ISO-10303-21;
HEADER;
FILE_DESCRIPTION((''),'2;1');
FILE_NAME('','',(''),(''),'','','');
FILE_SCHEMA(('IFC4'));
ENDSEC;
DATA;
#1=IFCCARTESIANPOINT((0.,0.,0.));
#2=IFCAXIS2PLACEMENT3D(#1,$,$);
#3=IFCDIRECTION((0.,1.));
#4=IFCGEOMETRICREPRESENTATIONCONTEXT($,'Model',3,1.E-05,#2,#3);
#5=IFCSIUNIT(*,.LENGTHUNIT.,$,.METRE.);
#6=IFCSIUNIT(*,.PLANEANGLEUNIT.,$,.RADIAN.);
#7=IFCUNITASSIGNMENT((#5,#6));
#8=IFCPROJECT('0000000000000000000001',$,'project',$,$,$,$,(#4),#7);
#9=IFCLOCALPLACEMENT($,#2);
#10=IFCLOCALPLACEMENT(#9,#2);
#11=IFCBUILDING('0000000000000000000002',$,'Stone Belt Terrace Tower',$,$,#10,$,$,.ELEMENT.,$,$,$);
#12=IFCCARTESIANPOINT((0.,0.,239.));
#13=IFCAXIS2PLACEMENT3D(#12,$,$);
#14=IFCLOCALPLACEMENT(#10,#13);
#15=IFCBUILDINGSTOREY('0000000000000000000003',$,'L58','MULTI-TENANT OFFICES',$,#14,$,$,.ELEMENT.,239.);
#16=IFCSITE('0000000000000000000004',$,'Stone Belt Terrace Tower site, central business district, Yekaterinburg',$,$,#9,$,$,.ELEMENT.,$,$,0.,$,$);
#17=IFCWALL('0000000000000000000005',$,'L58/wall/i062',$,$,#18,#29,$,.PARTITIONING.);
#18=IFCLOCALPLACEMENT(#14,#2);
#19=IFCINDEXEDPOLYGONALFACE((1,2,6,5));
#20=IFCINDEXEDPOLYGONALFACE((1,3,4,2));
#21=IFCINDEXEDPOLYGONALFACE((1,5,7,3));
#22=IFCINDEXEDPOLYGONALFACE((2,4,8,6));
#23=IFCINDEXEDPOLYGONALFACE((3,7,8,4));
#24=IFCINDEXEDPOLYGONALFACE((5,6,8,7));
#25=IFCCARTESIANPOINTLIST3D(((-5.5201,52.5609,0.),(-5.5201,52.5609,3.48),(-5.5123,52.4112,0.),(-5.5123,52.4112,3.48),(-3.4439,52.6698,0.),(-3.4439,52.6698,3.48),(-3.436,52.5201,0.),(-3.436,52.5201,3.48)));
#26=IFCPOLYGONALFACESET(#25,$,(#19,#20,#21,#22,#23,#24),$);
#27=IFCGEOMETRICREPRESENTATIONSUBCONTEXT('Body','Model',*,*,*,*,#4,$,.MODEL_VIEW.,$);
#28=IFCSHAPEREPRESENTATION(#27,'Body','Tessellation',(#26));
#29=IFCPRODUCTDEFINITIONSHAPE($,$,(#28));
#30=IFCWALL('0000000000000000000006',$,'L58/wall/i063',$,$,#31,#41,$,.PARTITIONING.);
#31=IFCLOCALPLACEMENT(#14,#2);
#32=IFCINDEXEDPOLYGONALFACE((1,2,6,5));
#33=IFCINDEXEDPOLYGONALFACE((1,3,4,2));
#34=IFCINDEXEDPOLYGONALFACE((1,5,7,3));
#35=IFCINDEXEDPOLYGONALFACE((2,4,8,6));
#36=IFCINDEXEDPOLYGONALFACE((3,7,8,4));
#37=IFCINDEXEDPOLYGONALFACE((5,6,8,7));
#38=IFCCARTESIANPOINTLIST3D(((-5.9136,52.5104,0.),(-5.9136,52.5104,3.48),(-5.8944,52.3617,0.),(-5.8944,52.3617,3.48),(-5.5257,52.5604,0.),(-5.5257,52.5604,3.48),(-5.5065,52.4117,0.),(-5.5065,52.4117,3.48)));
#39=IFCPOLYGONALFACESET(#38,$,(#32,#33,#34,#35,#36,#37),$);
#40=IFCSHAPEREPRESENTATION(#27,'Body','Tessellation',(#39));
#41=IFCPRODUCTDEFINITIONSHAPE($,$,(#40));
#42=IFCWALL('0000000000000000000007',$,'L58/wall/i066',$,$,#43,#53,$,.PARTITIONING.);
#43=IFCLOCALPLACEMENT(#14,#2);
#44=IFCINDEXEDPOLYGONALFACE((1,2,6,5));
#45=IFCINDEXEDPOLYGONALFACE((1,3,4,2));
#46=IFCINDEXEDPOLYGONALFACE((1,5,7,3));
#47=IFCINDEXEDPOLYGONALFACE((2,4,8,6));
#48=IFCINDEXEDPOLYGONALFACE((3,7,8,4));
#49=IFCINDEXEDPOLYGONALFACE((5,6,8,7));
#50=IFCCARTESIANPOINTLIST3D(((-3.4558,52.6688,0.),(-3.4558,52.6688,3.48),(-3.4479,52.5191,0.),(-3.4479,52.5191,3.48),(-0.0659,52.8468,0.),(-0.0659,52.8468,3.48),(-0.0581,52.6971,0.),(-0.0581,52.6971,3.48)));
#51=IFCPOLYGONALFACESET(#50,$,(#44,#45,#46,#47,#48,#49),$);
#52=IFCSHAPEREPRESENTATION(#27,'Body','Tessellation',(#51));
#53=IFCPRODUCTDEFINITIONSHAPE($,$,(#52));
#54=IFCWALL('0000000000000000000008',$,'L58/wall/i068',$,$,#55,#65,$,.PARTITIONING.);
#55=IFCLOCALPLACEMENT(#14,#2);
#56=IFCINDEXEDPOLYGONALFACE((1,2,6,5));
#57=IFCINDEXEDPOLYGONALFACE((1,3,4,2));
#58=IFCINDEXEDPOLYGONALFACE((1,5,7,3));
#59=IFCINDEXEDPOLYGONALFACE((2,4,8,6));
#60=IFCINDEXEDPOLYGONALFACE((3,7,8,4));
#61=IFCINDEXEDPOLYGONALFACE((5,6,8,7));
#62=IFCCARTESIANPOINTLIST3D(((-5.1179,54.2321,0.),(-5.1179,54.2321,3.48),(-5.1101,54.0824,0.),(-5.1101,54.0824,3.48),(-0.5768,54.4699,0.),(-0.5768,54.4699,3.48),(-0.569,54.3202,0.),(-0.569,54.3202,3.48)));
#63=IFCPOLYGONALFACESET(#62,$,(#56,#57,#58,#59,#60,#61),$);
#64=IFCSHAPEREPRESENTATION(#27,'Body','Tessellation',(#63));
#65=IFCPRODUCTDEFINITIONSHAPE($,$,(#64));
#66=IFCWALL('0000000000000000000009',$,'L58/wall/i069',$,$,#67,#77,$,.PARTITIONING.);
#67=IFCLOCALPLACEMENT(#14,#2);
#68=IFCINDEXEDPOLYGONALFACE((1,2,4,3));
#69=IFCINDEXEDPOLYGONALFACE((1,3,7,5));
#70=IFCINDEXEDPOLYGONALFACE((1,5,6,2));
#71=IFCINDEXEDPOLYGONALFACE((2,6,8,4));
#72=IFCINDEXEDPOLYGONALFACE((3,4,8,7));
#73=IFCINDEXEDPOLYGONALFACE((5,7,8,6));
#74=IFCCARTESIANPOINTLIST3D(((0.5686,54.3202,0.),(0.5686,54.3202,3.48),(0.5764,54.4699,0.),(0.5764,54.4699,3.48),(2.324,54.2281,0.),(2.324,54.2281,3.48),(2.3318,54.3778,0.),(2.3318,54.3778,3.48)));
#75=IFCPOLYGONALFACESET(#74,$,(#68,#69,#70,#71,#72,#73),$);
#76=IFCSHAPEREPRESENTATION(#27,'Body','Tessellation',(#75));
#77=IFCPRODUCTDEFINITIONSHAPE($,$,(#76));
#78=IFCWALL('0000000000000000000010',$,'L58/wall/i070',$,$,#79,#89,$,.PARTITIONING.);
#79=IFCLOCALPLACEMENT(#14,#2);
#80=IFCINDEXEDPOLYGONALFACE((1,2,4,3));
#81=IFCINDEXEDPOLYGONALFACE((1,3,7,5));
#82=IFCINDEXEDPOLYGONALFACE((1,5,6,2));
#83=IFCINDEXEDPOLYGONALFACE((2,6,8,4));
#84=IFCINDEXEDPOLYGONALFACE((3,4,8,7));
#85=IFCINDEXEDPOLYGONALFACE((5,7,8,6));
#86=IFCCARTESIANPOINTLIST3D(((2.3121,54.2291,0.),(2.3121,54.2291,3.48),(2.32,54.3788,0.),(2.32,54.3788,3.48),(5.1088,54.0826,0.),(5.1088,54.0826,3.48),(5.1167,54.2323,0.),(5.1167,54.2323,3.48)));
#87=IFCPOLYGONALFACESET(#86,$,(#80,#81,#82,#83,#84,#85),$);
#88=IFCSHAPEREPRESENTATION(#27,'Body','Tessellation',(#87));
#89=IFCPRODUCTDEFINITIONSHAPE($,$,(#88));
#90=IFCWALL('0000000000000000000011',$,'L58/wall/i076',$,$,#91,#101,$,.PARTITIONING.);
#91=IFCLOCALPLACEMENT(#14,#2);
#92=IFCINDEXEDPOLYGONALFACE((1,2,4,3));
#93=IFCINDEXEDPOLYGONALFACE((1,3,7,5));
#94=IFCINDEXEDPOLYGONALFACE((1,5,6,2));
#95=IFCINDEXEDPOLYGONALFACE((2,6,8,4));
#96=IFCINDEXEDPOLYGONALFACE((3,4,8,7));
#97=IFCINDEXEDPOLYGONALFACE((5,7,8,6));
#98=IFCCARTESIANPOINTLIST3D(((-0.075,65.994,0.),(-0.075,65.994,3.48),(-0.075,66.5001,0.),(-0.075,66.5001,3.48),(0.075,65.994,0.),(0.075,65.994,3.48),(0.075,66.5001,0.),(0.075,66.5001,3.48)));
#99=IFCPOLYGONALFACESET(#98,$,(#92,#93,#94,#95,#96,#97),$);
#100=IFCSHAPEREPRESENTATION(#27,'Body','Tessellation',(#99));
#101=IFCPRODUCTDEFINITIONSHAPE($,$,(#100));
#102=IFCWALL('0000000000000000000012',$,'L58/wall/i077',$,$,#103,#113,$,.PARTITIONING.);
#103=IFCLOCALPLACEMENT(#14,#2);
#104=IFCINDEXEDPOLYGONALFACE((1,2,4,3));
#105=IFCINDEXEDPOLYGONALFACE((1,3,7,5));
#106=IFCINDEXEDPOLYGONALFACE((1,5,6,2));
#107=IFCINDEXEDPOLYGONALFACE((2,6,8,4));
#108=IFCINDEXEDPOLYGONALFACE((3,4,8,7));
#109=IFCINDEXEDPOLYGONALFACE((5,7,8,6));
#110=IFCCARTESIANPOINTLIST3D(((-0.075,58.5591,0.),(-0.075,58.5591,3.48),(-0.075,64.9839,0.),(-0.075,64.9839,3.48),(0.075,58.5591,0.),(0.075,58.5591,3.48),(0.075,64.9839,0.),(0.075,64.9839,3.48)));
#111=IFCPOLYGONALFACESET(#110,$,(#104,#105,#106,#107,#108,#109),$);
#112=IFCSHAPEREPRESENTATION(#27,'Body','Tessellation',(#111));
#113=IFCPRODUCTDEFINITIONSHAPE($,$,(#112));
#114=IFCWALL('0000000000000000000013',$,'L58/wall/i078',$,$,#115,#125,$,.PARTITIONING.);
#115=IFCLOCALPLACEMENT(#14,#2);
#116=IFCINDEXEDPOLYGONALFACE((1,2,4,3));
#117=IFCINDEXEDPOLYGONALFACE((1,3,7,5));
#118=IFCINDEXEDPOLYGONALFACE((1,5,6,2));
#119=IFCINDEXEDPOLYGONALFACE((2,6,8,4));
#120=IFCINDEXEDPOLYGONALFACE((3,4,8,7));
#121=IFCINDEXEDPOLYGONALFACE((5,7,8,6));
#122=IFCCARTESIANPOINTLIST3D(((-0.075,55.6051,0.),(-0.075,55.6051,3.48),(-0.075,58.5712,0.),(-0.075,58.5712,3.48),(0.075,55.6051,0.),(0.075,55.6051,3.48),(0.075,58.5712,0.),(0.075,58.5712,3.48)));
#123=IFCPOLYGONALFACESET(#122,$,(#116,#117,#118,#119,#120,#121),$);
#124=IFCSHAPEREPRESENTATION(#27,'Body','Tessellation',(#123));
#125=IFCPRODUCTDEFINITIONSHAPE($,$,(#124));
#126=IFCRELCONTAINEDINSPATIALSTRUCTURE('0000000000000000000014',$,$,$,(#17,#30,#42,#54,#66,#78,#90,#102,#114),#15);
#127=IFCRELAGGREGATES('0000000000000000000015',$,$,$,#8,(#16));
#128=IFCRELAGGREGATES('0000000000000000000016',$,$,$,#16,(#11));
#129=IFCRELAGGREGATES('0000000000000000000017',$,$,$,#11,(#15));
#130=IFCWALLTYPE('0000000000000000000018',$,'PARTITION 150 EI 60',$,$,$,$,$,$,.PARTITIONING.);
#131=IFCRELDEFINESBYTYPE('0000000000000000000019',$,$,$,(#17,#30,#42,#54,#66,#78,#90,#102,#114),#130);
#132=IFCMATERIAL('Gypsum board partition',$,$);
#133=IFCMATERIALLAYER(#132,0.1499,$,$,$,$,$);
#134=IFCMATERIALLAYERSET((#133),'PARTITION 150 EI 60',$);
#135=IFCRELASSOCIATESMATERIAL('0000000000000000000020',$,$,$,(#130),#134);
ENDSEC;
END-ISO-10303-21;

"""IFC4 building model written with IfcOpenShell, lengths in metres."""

from ifc_helpers import new_model, si_unit, direction, frame, frame_2d, origin, place, context, subcontext, project, spatial, rectangle, extrude, material, layer, layer_set, type_object, element, save


model = new_model("IFC4")

# Units and contexts
model_context = context("Model", 3, precision=1e-05, world=origin(), true_north=direction((0.0, 1.0)))
body_context = subcontext(model_context, "Body", "Model", "MODEL_VIEW")
ifc_project = project(units=[si_unit("LENGTHUNIT", "METRE"), si_unit("PLANEANGLEUNIT", "RADIAN")], contexts=[model_context])

# Site, building, storey
site_placement = place(None, origin())
site = spatial("IfcSite", under=ifc_project, at=site_placement, Name="Stone Belt Terrace Tower site, central business district, Yekaterinburg", CompositionType="ELEMENT", RefElevation=0.0)
building_placement = place(site_placement, origin())
building = spatial("IfcBuilding", under=site, at=building_placement, Name="Stone Belt Terrace Tower", CompositionType="ELEMENT")
storey_placement = place(building_placement, frame((0.0, 0.0, 239.0)))
storey = spatial("IfcBuildingStorey", under=building, at=storey_placement, Name="L58", Description="MULTI-TENANT OFFICES", CompositionType="ELEMENT", Elevation=239.0)

# Shared definitions
ifc_material_1 = material(Name="Gypsum board partition")

# Walls
ifc_layer_1 = layer(ifc_material_1, 0.1499)
ifc_layer_set_1 = layer_set([ifc_layer_1], Name="PARTITION 150 EI 60")
wall_type_1 = type_object("IfcWallType", Name="PARTITION 150 EI 60", PredefinedType="PARTITIONING", material=ifc_layer_set_1)
wall_1_placement = place(storey_placement, frame((-3.4399, 52.595, 0.0), z_axis=(0.0, 0.0, 1.0), x_axis=(-0.998628, -0.052374, 0.0)))
element("IfcWall", 1, at=wall_1_placement, inside=storey, type_object=wall_type_1, Name="L58/wall/i062", PredefinedType="PARTITIONING", context=body_context, shape_type="SweptSolid", body=[
    extrude(rectangle(XDim=2.0791, YDim=0.1499, at=frame_2d((1.0396, 0.0))), origin(), (0.0, 0.0, 1.0), 3.48),
])
wall_2_placement = place(storey_placement, frame((-5.5161, 52.4861, 0.0), z_axis=(0.0, 0.0, 1.0), x_axis=(-0.99178, -0.127952, 0.0)))
element("IfcWall", 2, at=wall_2_placement, inside=storey, type_object=wall_type_1, Name="L58/wall/i063", PredefinedType="PARTITIONING", context=body_context, shape_type="SweptSolid", body=[
    extrude(rectangle(XDim=0.3911, YDim=0.1499, at=frame_2d((0.1956, 0.0))), origin(), (0.0, 0.0, 1.0), 3.48),
])
wall_3_placement = place(storey_placement, frame((-0.062, 52.772, 0.0), z_axis=(0.0, 0.0, 1.0), x_axis=(-0.998625, -0.05243, 0.0)))
element("IfcWall", 3, at=wall_3_placement, inside=storey, type_object=wall_type_1, Name="L58/wall/i066", PredefinedType="PARTITIONING", context=body_context, shape_type="SweptSolid", body=[
    extrude(rectangle(XDim=3.3945, YDim=0.1499, at=frame_2d((1.6973, 0.0))), origin(), (0.0, 0.0, 1.0), 3.48),
])
wall_4_placement = place(storey_placement, frame((-5.114, 54.1572, 0.0), z_axis=(0.0, 0.0, 1.0), x_axis=(0.998632, 0.052291, 0.0)))
element("IfcWall", 4, at=wall_4_placement, inside=storey, type_object=wall_type_1, Name="L58/wall/i068", PredefinedType="PARTITIONING", context=body_context, shape_type="SweptSolid", body=[
    extrude(rectangle(XDim=4.5474, YDim=0.1499, at=frame_2d((2.2737, 0.0))), origin(), (0.0, 0.0, 1.0), 3.48),
])
wall_5_placement = place(storey_placement, frame((0.5725, 54.395, 0.0), z_axis=(0.0, 0.0, 1.0), x_axis=(0.998628, -0.052362, 0.0)))
element("IfcWall", 5, at=wall_5_placement, inside=storey, type_object=wall_type_1, Name="L58/wall/i069", PredefinedType="PARTITIONING", context=body_context, shape_type="SweptSolid", body=[
    extrude(rectangle(XDim=1.7578, YDim=0.1499, at=frame_2d((0.8789, 0.0))), origin(), (0.0, 0.0, 1.0), 3.48),
])
wall_6_placement = place(storey_placement, frame((2.3159, 54.304, 0.0), z_axis=(0.0, 0.0, 1.0), x_axis=(0.998631, -0.052307, 0.0)))
element("IfcWall", 6, at=wall_6_placement, inside=storey, type_object=wall_type_1, Name="L58/wall/i070", PredefinedType="PARTITIONING", context=body_context, shape_type="SweptSolid", body=[
    extrude(rectangle(XDim=2.8005, YDim=0.1499, at=frame_2d((1.4004, 0.0))), origin(), (0.0, 0.0, 1.0), 3.48),
])
wall_7_placement = place(storey_placement, frame((0.0, 66.5, 0.0), z_axis=(0.0, 0.0, 1.0), x_axis=(0.0, -1.0, 0.0)))
element("IfcWall", 7, at=wall_7_placement, inside=storey, type_object=wall_type_1, Name="L58/wall/i076", PredefinedType="PARTITIONING", context=body_context, shape_type="SweptSolid", body=[
    extrude(rectangle(XDim=0.5061, YDim=0.1499, at=frame_2d((0.2529, 0.0))), origin(), (0.0, 0.0, 1.0), 3.48),
])
wall_8_placement = place(storey_placement, frame((0.0, 64.9839, 0.0), z_axis=(0.0, 0.0, 1.0), x_axis=(0.0, -1.0, 0.0)))
element("IfcWall", 8, at=wall_8_placement, inside=storey, type_object=wall_type_1, Name="L58/wall/i077", PredefinedType="PARTITIONING", context=body_context, shape_type="SweptSolid", body=[
    extrude(rectangle(XDim=6.4248, YDim=0.1499, at=frame_2d((3.2124, 0.0))), origin(), (0.0, 0.0, 1.0), 3.48),
])
wall_9_placement = place(storey_placement, frame((0.0, 58.571, 0.0), z_axis=(0.0, 0.0, 1.0), x_axis=(0.0, -1.0, 0.0)))
element("IfcWall", 9, at=wall_9_placement, inside=storey, type_object=wall_type_1, Name="L58/wall/i078", PredefinedType="PARTITIONING", context=body_context, shape_type="SweptSolid", body=[
    extrude(rectangle(XDim=2.9661, YDim=0.1499, at=frame_2d((1.4829, 0.0))), origin(), (0.0, 0.0, 1.0), 3.48),
])

save(model, "model.ifc")
